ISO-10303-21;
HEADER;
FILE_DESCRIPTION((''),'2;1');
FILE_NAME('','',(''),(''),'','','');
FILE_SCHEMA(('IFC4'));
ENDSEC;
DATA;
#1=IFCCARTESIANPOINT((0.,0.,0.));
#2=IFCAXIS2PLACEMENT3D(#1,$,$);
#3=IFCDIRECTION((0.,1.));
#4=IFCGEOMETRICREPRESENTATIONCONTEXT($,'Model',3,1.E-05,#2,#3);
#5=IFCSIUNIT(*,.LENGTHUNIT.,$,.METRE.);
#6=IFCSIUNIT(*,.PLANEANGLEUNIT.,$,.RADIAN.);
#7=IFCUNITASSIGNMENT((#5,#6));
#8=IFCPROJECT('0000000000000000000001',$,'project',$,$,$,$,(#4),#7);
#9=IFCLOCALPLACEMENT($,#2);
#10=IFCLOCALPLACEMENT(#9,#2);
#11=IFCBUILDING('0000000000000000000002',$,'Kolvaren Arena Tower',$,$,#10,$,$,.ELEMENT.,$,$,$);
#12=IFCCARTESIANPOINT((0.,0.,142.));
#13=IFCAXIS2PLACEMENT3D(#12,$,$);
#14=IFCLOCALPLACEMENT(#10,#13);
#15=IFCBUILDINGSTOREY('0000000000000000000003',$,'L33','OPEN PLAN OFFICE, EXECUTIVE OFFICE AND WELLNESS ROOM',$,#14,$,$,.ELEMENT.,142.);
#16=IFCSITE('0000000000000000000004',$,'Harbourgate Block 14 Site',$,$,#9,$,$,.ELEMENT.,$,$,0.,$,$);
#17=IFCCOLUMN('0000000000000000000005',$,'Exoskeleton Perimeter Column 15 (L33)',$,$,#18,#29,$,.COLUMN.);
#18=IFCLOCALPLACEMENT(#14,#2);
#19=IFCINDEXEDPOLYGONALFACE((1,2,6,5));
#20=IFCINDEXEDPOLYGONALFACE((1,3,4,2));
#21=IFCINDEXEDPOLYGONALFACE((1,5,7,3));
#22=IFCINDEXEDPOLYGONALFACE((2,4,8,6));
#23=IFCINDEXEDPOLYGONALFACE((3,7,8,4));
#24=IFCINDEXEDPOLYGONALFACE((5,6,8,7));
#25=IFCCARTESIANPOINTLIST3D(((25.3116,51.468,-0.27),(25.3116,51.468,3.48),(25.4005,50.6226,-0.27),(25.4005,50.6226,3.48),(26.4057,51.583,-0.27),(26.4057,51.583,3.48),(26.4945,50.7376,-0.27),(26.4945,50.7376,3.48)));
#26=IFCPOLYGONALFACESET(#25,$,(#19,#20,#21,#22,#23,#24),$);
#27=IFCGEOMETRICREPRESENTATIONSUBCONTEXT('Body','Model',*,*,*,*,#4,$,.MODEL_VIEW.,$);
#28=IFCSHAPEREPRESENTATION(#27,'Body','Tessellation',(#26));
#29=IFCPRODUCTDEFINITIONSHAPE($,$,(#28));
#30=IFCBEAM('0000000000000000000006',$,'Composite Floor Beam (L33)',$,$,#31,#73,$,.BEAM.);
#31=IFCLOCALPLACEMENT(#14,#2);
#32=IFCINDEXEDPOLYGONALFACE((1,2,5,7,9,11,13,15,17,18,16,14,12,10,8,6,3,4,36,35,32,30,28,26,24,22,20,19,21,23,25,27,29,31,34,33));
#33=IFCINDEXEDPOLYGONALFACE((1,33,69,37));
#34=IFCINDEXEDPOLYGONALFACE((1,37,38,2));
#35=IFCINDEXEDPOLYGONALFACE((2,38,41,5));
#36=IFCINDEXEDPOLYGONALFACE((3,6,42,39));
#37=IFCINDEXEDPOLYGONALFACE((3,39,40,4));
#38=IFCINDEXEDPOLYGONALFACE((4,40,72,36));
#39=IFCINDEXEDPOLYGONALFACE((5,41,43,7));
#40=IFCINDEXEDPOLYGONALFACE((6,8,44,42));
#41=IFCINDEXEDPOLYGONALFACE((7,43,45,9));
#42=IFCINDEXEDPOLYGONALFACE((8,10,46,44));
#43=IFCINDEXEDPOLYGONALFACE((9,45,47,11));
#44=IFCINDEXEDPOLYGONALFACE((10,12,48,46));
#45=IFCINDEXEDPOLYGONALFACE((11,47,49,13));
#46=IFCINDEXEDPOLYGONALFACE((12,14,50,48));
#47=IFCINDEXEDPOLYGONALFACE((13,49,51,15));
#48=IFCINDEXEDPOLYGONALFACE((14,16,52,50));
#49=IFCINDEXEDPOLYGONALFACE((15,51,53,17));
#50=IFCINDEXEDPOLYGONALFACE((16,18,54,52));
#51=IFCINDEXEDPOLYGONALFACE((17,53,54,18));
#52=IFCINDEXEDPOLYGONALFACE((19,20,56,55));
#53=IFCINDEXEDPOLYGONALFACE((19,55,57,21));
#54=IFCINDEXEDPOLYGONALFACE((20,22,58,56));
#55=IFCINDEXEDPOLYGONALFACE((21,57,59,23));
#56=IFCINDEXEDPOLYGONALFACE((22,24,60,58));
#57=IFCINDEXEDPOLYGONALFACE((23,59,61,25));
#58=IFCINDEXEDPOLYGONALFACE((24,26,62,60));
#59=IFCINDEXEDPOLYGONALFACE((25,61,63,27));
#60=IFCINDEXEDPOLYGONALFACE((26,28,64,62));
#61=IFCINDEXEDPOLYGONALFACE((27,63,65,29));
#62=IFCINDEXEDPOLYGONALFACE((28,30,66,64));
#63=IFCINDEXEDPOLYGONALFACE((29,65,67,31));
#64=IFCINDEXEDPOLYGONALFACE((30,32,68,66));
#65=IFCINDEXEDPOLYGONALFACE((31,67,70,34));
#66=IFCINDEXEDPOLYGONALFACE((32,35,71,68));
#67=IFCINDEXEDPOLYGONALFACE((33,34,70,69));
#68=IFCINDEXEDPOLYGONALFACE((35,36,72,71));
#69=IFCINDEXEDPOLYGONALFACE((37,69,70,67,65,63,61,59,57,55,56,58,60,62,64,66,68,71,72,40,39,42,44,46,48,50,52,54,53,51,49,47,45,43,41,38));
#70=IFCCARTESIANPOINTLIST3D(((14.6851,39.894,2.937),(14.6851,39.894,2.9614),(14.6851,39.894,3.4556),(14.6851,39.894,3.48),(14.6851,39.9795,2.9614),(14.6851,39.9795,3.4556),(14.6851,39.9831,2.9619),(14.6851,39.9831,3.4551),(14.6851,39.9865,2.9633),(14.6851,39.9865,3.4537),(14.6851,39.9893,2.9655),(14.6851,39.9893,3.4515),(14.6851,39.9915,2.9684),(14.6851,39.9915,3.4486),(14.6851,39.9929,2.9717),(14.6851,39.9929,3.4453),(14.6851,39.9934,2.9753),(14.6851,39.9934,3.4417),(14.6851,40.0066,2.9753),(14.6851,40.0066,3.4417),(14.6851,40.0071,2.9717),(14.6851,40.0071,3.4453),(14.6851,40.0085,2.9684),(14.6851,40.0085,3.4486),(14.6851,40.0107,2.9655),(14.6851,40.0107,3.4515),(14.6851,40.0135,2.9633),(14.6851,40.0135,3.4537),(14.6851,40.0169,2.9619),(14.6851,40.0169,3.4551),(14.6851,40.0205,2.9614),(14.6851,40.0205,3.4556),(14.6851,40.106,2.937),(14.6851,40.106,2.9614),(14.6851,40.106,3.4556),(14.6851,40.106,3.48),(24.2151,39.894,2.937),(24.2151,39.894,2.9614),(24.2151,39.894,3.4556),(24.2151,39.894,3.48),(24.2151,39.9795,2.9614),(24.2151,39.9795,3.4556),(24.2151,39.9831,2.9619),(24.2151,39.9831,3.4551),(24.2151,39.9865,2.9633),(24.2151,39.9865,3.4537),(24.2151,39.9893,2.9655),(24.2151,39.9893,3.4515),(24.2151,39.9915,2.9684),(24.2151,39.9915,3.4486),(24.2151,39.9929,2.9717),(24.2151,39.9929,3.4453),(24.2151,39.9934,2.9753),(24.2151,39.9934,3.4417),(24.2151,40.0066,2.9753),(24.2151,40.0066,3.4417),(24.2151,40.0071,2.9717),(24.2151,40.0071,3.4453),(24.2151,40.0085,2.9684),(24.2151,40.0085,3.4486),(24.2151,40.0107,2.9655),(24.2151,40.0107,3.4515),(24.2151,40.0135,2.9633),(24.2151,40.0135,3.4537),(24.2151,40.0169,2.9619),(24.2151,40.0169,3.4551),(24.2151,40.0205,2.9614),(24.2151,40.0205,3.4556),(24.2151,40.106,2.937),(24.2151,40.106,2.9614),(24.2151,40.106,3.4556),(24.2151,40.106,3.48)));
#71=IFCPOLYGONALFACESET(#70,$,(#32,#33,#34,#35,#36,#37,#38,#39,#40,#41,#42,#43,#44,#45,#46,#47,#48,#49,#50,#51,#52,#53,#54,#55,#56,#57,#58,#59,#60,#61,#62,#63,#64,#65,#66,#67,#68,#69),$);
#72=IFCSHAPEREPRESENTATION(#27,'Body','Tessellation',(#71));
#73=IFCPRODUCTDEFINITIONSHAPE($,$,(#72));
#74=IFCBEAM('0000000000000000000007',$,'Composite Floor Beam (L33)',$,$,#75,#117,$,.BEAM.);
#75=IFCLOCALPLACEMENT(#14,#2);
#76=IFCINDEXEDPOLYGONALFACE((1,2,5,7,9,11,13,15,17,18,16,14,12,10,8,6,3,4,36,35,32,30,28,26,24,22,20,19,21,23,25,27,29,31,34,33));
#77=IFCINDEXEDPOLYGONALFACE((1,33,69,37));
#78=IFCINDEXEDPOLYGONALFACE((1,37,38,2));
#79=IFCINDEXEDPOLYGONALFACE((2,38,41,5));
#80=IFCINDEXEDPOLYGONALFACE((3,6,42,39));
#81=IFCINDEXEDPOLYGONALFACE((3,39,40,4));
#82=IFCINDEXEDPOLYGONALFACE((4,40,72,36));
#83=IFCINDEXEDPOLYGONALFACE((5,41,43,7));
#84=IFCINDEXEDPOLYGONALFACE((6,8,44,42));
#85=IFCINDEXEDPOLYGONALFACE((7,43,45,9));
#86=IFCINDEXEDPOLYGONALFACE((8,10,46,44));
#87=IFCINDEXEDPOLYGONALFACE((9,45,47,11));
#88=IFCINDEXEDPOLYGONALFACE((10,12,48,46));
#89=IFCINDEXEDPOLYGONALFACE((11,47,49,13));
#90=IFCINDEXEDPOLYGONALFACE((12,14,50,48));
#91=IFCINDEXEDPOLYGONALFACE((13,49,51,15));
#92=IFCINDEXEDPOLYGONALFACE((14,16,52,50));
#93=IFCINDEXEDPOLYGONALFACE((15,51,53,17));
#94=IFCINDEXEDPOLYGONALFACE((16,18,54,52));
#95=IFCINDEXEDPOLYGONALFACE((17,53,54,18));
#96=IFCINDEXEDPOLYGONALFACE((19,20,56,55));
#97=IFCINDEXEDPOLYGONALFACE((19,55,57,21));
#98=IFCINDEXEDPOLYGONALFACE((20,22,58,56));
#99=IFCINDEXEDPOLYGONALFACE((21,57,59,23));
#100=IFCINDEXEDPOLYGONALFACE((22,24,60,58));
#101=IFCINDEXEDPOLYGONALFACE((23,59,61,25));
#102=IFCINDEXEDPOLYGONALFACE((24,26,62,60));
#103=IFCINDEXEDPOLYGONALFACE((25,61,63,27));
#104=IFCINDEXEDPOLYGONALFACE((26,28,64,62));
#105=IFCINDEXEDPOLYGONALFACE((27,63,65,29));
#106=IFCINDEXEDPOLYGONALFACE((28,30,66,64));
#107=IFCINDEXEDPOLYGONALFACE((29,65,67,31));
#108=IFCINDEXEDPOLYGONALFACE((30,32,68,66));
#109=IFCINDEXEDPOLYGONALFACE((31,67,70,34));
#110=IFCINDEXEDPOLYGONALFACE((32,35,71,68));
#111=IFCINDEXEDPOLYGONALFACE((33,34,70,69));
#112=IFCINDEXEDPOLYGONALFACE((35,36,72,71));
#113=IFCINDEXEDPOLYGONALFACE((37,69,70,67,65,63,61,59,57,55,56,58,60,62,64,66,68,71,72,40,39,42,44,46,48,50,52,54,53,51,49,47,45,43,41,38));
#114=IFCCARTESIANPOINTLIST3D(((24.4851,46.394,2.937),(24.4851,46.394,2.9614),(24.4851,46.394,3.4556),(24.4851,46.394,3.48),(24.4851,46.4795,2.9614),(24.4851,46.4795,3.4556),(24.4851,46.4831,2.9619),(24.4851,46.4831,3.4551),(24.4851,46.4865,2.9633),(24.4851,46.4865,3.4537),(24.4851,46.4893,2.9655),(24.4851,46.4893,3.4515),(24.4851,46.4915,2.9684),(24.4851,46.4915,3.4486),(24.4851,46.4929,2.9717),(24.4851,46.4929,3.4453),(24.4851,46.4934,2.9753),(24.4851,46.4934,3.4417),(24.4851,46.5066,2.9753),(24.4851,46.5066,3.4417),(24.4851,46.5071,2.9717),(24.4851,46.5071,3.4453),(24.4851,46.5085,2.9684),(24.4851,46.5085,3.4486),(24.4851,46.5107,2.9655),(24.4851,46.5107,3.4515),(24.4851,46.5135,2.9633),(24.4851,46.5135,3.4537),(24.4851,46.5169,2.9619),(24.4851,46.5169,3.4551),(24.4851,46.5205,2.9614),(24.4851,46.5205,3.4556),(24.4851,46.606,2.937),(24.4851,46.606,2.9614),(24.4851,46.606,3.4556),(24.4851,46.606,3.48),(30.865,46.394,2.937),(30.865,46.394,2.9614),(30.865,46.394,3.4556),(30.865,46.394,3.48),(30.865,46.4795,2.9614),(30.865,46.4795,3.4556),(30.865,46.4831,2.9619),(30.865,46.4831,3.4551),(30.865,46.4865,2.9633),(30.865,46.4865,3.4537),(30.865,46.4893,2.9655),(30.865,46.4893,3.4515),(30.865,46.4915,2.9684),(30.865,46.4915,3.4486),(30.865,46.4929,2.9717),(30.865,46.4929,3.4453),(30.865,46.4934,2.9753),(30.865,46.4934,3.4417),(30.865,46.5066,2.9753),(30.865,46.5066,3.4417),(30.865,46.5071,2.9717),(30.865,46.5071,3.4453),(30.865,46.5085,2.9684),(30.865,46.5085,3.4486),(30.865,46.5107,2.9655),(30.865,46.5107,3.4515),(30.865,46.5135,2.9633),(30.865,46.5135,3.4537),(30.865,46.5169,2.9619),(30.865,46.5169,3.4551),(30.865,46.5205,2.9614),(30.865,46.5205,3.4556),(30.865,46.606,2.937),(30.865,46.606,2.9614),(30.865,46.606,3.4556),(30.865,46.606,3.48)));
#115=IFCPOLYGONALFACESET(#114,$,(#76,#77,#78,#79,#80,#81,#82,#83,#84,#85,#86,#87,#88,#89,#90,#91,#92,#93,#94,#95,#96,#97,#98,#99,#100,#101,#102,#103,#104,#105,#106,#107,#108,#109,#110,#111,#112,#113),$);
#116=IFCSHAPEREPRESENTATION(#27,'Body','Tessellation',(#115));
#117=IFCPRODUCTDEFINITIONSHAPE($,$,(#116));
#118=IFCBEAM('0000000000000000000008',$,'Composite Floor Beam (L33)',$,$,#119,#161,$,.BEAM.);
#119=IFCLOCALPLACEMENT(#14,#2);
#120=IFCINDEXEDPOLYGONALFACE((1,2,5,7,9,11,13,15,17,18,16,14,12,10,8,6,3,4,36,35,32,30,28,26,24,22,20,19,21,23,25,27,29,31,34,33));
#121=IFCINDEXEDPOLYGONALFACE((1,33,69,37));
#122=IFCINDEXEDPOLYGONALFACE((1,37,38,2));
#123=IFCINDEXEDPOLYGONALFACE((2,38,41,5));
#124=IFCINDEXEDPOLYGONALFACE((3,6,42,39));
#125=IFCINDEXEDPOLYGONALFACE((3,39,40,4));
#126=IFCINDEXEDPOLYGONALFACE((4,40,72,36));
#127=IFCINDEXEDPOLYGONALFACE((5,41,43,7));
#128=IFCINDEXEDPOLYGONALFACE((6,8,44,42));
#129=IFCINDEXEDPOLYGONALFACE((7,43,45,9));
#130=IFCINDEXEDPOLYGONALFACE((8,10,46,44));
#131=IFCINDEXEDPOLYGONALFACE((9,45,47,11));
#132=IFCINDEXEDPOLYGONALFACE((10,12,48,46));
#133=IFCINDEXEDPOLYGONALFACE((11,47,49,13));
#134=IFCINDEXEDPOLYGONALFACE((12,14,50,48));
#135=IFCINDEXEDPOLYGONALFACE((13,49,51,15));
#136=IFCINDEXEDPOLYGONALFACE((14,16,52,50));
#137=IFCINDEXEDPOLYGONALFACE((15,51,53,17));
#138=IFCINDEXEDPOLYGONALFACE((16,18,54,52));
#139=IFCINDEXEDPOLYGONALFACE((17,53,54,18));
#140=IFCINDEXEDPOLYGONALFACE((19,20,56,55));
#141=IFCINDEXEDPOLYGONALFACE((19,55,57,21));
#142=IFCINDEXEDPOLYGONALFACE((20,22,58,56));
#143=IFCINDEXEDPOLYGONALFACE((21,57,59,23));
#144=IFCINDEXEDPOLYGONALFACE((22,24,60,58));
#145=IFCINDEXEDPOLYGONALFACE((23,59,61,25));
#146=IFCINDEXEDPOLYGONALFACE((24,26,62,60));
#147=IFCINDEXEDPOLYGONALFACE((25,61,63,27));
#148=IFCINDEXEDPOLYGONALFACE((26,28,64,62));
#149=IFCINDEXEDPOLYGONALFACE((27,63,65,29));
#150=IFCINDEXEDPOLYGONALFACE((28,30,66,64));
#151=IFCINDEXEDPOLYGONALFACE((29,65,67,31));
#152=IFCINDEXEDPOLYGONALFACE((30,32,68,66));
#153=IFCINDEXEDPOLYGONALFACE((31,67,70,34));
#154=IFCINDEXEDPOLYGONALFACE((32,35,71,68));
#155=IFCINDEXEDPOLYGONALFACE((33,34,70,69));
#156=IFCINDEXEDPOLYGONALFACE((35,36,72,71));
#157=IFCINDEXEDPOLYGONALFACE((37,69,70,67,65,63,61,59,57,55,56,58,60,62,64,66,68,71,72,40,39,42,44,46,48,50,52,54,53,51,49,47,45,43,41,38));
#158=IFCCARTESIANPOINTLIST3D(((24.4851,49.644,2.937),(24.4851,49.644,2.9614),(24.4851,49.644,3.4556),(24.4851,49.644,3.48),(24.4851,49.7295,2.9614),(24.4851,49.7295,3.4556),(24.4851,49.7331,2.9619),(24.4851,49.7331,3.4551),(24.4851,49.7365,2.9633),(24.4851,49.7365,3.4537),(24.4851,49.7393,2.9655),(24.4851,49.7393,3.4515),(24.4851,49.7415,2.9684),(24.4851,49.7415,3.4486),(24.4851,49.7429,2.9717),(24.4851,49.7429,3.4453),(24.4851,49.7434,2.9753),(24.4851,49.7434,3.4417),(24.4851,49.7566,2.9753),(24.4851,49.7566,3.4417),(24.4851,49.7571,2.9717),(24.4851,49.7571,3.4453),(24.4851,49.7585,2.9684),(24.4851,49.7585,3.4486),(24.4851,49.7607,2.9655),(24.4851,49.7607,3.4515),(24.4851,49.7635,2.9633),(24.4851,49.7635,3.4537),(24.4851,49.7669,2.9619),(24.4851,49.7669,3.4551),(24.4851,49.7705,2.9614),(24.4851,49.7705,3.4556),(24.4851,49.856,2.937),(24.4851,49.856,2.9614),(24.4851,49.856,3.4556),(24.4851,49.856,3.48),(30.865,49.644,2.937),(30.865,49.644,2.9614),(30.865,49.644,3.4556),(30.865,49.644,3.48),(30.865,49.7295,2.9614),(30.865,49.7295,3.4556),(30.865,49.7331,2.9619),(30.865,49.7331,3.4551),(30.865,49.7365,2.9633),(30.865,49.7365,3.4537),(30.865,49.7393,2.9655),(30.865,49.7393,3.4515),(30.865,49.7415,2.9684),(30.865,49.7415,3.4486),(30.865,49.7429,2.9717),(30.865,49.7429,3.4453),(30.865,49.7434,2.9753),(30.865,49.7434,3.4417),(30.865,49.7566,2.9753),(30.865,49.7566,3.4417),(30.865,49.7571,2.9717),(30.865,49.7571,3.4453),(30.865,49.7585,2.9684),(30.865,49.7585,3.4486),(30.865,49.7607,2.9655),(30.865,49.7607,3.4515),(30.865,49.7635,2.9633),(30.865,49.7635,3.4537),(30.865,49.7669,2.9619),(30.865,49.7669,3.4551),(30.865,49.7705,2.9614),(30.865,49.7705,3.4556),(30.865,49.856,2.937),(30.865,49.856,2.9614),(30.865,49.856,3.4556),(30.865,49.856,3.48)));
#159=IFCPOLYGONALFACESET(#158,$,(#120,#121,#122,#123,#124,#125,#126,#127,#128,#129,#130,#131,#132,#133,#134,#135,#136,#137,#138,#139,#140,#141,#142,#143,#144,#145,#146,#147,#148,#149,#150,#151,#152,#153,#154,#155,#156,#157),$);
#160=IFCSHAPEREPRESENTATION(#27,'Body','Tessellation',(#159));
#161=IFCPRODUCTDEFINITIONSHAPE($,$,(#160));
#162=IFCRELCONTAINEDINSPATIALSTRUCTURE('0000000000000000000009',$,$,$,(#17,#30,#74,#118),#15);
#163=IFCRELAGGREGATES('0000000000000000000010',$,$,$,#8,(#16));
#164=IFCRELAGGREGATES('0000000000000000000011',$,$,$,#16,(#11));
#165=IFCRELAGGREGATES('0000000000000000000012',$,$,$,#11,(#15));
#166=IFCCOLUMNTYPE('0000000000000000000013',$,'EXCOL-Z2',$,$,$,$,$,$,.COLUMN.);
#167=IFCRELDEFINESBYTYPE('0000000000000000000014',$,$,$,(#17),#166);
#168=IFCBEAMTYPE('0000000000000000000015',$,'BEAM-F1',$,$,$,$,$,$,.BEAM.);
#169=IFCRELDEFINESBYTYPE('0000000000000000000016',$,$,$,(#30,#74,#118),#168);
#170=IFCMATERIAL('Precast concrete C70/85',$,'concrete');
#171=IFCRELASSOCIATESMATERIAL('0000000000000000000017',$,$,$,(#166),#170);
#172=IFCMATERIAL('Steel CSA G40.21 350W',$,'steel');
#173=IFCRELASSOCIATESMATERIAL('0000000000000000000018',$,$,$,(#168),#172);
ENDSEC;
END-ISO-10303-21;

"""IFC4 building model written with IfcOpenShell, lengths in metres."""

from ifc_helpers import new_model, si_unit, direction, frame, origin, origin_2d, place, context, subcontext, project, spatial, rectangle, i_section, extrude, material, material_profile, profile_set, type_object, element, save


model = new_model("IFC4")

# Units and contexts
model_context = context("Model", 3, precision=1e-05, world=origin(), true_north=direction((0.0, 1.0)))
body_context = subcontext(model_context, "Body", "Model", "MODEL_VIEW")
ifc_project = project(units=[si_unit("LENGTHUNIT", "METRE"), si_unit("PLANEANGLEUNIT", "RADIAN")], contexts=[model_context])

# Site, building, storey
site_placement = place(None, origin())
site = spatial("IfcSite", under=ifc_project, at=site_placement, Name="Harbourgate Block 14 Site", CompositionType="ELEMENT", RefElevation=0.0)
building_placement = place(site_placement, origin())
building = spatial("IfcBuilding", under=site, at=building_placement, Name="Kolvaren Arena Tower", CompositionType="ELEMENT")
storey_placement = place(building_placement, frame((0.0, 0.0, 142.0)))
storey = spatial("IfcBuildingStorey", under=building, at=storey_placement, Name="L33", Description="OPEN PLAN OFFICE, EXECUTIVE OFFICE AND WELLNESS ROOM", CompositionType="ELEMENT", Elevation=142.0)

# Column
ifc_material_1 = material(Name="Precast concrete C70/85", Category="concrete")
ifc_material_profile_1 = material_profile(ifc_material_1, rectangle(XDim=1.1001, YDim=0.8501, at=origin_2d()), Name="RC-1100x850")
ifc_profile_set_1 = profile_set([ifc_material_profile_1], Name="Precast concrete C70/85")
column_type = type_object("IfcColumnType", Name="EXCOL-Z2", PredefinedType="COLUMN", material=ifc_profile_set_1)
column_placement = place(storey_placement, frame((25.9031, 51.1028, -0.27), z_axis=(0.0, 0.0, 1.0), x_axis=(0.994522, 0.104528, 0.0)))
element("IfcColumn", 1, at=column_placement, inside=storey, type_object=column_type, Name="Exoskeleton Perimeter Column 15 (L33)", PredefinedType="COLUMN", context=body_context, shape_type="SweptSolid", body=[
    extrude(rectangle(XDim=1.1001, YDim=0.8501, at=origin_2d()), origin(), (0.0, 0.0, 1.0), 3.75),
])

# Beams
ifc_material_2 = material(Name="Steel CSA G40.21 350W", Category="steel")
ifc_material_profile_2 = material_profile(ifc_material_2, i_section(OverallWidth=0.2119, OverallDepth=0.543, WebThickness=0.0132, FlangeThickness=0.0244, FilletRadius=0.0139, at=origin_2d()), Name="W530x150")
ifc_profile_set_2 = profile_set([ifc_material_profile_2], Name="Steel CSA G40.21 350W")
beam_type_1 = type_object("IfcBeamType", Name="BEAM-F1", PredefinedType="BEAM", material=ifc_profile_set_2)
beam_1_placement = place(storey_placement, frame((14.6851, 40.0, 3.2085), z_axis=(1.0, 0.0, 0.0), x_axis=(0.0, 1.0, 0.0)))
element("IfcBeam", 2, at=beam_1_placement, inside=storey, type_object=beam_type_1, Name="Composite Floor Beam (L33)", PredefinedType="BEAM", context=body_context, shape_type="SweptSolid", body=[
    extrude(i_section(OverallWidth=0.2119, OverallDepth=0.543, WebThickness=0.0132, FlangeThickness=0.0244, FilletRadius=0.0139, at=origin_2d()), origin(), (0.0, 0.0, 1.0), 9.53),
])
for number, where, z_axis, x_axis, name in (
    (3, (24.4851, 46.5, 3.2085), (1.0, 0.0, 0.0), (0.0, 1.0, 0.0), "Composite Floor Beam (L33)"),
    (4, (24.4851, 49.75, 3.2085), (1.0, 0.0, 0.0), (0.0, 1.0, 0.0), "Composite Floor Beam (L33)"),
):
    element("IfcBeam", number, at=place(storey_placement, frame(where, z_axis=z_axis, x_axis=x_axis)), inside=storey, type_object=beam_type_1, Name=name, PredefinedType="BEAM", context=body_context, shape_type="SweptSolid", body=[
        extrude(i_section(OverallWidth=0.2119, OverallDepth=0.543, WebThickness=0.0132, FlangeThickness=0.0244, FilletRadius=0.0139, at=origin_2d()), origin(), (0.0, 0.0, 1.0), 6.3799),
    ])

save(model, "model.ifc")
